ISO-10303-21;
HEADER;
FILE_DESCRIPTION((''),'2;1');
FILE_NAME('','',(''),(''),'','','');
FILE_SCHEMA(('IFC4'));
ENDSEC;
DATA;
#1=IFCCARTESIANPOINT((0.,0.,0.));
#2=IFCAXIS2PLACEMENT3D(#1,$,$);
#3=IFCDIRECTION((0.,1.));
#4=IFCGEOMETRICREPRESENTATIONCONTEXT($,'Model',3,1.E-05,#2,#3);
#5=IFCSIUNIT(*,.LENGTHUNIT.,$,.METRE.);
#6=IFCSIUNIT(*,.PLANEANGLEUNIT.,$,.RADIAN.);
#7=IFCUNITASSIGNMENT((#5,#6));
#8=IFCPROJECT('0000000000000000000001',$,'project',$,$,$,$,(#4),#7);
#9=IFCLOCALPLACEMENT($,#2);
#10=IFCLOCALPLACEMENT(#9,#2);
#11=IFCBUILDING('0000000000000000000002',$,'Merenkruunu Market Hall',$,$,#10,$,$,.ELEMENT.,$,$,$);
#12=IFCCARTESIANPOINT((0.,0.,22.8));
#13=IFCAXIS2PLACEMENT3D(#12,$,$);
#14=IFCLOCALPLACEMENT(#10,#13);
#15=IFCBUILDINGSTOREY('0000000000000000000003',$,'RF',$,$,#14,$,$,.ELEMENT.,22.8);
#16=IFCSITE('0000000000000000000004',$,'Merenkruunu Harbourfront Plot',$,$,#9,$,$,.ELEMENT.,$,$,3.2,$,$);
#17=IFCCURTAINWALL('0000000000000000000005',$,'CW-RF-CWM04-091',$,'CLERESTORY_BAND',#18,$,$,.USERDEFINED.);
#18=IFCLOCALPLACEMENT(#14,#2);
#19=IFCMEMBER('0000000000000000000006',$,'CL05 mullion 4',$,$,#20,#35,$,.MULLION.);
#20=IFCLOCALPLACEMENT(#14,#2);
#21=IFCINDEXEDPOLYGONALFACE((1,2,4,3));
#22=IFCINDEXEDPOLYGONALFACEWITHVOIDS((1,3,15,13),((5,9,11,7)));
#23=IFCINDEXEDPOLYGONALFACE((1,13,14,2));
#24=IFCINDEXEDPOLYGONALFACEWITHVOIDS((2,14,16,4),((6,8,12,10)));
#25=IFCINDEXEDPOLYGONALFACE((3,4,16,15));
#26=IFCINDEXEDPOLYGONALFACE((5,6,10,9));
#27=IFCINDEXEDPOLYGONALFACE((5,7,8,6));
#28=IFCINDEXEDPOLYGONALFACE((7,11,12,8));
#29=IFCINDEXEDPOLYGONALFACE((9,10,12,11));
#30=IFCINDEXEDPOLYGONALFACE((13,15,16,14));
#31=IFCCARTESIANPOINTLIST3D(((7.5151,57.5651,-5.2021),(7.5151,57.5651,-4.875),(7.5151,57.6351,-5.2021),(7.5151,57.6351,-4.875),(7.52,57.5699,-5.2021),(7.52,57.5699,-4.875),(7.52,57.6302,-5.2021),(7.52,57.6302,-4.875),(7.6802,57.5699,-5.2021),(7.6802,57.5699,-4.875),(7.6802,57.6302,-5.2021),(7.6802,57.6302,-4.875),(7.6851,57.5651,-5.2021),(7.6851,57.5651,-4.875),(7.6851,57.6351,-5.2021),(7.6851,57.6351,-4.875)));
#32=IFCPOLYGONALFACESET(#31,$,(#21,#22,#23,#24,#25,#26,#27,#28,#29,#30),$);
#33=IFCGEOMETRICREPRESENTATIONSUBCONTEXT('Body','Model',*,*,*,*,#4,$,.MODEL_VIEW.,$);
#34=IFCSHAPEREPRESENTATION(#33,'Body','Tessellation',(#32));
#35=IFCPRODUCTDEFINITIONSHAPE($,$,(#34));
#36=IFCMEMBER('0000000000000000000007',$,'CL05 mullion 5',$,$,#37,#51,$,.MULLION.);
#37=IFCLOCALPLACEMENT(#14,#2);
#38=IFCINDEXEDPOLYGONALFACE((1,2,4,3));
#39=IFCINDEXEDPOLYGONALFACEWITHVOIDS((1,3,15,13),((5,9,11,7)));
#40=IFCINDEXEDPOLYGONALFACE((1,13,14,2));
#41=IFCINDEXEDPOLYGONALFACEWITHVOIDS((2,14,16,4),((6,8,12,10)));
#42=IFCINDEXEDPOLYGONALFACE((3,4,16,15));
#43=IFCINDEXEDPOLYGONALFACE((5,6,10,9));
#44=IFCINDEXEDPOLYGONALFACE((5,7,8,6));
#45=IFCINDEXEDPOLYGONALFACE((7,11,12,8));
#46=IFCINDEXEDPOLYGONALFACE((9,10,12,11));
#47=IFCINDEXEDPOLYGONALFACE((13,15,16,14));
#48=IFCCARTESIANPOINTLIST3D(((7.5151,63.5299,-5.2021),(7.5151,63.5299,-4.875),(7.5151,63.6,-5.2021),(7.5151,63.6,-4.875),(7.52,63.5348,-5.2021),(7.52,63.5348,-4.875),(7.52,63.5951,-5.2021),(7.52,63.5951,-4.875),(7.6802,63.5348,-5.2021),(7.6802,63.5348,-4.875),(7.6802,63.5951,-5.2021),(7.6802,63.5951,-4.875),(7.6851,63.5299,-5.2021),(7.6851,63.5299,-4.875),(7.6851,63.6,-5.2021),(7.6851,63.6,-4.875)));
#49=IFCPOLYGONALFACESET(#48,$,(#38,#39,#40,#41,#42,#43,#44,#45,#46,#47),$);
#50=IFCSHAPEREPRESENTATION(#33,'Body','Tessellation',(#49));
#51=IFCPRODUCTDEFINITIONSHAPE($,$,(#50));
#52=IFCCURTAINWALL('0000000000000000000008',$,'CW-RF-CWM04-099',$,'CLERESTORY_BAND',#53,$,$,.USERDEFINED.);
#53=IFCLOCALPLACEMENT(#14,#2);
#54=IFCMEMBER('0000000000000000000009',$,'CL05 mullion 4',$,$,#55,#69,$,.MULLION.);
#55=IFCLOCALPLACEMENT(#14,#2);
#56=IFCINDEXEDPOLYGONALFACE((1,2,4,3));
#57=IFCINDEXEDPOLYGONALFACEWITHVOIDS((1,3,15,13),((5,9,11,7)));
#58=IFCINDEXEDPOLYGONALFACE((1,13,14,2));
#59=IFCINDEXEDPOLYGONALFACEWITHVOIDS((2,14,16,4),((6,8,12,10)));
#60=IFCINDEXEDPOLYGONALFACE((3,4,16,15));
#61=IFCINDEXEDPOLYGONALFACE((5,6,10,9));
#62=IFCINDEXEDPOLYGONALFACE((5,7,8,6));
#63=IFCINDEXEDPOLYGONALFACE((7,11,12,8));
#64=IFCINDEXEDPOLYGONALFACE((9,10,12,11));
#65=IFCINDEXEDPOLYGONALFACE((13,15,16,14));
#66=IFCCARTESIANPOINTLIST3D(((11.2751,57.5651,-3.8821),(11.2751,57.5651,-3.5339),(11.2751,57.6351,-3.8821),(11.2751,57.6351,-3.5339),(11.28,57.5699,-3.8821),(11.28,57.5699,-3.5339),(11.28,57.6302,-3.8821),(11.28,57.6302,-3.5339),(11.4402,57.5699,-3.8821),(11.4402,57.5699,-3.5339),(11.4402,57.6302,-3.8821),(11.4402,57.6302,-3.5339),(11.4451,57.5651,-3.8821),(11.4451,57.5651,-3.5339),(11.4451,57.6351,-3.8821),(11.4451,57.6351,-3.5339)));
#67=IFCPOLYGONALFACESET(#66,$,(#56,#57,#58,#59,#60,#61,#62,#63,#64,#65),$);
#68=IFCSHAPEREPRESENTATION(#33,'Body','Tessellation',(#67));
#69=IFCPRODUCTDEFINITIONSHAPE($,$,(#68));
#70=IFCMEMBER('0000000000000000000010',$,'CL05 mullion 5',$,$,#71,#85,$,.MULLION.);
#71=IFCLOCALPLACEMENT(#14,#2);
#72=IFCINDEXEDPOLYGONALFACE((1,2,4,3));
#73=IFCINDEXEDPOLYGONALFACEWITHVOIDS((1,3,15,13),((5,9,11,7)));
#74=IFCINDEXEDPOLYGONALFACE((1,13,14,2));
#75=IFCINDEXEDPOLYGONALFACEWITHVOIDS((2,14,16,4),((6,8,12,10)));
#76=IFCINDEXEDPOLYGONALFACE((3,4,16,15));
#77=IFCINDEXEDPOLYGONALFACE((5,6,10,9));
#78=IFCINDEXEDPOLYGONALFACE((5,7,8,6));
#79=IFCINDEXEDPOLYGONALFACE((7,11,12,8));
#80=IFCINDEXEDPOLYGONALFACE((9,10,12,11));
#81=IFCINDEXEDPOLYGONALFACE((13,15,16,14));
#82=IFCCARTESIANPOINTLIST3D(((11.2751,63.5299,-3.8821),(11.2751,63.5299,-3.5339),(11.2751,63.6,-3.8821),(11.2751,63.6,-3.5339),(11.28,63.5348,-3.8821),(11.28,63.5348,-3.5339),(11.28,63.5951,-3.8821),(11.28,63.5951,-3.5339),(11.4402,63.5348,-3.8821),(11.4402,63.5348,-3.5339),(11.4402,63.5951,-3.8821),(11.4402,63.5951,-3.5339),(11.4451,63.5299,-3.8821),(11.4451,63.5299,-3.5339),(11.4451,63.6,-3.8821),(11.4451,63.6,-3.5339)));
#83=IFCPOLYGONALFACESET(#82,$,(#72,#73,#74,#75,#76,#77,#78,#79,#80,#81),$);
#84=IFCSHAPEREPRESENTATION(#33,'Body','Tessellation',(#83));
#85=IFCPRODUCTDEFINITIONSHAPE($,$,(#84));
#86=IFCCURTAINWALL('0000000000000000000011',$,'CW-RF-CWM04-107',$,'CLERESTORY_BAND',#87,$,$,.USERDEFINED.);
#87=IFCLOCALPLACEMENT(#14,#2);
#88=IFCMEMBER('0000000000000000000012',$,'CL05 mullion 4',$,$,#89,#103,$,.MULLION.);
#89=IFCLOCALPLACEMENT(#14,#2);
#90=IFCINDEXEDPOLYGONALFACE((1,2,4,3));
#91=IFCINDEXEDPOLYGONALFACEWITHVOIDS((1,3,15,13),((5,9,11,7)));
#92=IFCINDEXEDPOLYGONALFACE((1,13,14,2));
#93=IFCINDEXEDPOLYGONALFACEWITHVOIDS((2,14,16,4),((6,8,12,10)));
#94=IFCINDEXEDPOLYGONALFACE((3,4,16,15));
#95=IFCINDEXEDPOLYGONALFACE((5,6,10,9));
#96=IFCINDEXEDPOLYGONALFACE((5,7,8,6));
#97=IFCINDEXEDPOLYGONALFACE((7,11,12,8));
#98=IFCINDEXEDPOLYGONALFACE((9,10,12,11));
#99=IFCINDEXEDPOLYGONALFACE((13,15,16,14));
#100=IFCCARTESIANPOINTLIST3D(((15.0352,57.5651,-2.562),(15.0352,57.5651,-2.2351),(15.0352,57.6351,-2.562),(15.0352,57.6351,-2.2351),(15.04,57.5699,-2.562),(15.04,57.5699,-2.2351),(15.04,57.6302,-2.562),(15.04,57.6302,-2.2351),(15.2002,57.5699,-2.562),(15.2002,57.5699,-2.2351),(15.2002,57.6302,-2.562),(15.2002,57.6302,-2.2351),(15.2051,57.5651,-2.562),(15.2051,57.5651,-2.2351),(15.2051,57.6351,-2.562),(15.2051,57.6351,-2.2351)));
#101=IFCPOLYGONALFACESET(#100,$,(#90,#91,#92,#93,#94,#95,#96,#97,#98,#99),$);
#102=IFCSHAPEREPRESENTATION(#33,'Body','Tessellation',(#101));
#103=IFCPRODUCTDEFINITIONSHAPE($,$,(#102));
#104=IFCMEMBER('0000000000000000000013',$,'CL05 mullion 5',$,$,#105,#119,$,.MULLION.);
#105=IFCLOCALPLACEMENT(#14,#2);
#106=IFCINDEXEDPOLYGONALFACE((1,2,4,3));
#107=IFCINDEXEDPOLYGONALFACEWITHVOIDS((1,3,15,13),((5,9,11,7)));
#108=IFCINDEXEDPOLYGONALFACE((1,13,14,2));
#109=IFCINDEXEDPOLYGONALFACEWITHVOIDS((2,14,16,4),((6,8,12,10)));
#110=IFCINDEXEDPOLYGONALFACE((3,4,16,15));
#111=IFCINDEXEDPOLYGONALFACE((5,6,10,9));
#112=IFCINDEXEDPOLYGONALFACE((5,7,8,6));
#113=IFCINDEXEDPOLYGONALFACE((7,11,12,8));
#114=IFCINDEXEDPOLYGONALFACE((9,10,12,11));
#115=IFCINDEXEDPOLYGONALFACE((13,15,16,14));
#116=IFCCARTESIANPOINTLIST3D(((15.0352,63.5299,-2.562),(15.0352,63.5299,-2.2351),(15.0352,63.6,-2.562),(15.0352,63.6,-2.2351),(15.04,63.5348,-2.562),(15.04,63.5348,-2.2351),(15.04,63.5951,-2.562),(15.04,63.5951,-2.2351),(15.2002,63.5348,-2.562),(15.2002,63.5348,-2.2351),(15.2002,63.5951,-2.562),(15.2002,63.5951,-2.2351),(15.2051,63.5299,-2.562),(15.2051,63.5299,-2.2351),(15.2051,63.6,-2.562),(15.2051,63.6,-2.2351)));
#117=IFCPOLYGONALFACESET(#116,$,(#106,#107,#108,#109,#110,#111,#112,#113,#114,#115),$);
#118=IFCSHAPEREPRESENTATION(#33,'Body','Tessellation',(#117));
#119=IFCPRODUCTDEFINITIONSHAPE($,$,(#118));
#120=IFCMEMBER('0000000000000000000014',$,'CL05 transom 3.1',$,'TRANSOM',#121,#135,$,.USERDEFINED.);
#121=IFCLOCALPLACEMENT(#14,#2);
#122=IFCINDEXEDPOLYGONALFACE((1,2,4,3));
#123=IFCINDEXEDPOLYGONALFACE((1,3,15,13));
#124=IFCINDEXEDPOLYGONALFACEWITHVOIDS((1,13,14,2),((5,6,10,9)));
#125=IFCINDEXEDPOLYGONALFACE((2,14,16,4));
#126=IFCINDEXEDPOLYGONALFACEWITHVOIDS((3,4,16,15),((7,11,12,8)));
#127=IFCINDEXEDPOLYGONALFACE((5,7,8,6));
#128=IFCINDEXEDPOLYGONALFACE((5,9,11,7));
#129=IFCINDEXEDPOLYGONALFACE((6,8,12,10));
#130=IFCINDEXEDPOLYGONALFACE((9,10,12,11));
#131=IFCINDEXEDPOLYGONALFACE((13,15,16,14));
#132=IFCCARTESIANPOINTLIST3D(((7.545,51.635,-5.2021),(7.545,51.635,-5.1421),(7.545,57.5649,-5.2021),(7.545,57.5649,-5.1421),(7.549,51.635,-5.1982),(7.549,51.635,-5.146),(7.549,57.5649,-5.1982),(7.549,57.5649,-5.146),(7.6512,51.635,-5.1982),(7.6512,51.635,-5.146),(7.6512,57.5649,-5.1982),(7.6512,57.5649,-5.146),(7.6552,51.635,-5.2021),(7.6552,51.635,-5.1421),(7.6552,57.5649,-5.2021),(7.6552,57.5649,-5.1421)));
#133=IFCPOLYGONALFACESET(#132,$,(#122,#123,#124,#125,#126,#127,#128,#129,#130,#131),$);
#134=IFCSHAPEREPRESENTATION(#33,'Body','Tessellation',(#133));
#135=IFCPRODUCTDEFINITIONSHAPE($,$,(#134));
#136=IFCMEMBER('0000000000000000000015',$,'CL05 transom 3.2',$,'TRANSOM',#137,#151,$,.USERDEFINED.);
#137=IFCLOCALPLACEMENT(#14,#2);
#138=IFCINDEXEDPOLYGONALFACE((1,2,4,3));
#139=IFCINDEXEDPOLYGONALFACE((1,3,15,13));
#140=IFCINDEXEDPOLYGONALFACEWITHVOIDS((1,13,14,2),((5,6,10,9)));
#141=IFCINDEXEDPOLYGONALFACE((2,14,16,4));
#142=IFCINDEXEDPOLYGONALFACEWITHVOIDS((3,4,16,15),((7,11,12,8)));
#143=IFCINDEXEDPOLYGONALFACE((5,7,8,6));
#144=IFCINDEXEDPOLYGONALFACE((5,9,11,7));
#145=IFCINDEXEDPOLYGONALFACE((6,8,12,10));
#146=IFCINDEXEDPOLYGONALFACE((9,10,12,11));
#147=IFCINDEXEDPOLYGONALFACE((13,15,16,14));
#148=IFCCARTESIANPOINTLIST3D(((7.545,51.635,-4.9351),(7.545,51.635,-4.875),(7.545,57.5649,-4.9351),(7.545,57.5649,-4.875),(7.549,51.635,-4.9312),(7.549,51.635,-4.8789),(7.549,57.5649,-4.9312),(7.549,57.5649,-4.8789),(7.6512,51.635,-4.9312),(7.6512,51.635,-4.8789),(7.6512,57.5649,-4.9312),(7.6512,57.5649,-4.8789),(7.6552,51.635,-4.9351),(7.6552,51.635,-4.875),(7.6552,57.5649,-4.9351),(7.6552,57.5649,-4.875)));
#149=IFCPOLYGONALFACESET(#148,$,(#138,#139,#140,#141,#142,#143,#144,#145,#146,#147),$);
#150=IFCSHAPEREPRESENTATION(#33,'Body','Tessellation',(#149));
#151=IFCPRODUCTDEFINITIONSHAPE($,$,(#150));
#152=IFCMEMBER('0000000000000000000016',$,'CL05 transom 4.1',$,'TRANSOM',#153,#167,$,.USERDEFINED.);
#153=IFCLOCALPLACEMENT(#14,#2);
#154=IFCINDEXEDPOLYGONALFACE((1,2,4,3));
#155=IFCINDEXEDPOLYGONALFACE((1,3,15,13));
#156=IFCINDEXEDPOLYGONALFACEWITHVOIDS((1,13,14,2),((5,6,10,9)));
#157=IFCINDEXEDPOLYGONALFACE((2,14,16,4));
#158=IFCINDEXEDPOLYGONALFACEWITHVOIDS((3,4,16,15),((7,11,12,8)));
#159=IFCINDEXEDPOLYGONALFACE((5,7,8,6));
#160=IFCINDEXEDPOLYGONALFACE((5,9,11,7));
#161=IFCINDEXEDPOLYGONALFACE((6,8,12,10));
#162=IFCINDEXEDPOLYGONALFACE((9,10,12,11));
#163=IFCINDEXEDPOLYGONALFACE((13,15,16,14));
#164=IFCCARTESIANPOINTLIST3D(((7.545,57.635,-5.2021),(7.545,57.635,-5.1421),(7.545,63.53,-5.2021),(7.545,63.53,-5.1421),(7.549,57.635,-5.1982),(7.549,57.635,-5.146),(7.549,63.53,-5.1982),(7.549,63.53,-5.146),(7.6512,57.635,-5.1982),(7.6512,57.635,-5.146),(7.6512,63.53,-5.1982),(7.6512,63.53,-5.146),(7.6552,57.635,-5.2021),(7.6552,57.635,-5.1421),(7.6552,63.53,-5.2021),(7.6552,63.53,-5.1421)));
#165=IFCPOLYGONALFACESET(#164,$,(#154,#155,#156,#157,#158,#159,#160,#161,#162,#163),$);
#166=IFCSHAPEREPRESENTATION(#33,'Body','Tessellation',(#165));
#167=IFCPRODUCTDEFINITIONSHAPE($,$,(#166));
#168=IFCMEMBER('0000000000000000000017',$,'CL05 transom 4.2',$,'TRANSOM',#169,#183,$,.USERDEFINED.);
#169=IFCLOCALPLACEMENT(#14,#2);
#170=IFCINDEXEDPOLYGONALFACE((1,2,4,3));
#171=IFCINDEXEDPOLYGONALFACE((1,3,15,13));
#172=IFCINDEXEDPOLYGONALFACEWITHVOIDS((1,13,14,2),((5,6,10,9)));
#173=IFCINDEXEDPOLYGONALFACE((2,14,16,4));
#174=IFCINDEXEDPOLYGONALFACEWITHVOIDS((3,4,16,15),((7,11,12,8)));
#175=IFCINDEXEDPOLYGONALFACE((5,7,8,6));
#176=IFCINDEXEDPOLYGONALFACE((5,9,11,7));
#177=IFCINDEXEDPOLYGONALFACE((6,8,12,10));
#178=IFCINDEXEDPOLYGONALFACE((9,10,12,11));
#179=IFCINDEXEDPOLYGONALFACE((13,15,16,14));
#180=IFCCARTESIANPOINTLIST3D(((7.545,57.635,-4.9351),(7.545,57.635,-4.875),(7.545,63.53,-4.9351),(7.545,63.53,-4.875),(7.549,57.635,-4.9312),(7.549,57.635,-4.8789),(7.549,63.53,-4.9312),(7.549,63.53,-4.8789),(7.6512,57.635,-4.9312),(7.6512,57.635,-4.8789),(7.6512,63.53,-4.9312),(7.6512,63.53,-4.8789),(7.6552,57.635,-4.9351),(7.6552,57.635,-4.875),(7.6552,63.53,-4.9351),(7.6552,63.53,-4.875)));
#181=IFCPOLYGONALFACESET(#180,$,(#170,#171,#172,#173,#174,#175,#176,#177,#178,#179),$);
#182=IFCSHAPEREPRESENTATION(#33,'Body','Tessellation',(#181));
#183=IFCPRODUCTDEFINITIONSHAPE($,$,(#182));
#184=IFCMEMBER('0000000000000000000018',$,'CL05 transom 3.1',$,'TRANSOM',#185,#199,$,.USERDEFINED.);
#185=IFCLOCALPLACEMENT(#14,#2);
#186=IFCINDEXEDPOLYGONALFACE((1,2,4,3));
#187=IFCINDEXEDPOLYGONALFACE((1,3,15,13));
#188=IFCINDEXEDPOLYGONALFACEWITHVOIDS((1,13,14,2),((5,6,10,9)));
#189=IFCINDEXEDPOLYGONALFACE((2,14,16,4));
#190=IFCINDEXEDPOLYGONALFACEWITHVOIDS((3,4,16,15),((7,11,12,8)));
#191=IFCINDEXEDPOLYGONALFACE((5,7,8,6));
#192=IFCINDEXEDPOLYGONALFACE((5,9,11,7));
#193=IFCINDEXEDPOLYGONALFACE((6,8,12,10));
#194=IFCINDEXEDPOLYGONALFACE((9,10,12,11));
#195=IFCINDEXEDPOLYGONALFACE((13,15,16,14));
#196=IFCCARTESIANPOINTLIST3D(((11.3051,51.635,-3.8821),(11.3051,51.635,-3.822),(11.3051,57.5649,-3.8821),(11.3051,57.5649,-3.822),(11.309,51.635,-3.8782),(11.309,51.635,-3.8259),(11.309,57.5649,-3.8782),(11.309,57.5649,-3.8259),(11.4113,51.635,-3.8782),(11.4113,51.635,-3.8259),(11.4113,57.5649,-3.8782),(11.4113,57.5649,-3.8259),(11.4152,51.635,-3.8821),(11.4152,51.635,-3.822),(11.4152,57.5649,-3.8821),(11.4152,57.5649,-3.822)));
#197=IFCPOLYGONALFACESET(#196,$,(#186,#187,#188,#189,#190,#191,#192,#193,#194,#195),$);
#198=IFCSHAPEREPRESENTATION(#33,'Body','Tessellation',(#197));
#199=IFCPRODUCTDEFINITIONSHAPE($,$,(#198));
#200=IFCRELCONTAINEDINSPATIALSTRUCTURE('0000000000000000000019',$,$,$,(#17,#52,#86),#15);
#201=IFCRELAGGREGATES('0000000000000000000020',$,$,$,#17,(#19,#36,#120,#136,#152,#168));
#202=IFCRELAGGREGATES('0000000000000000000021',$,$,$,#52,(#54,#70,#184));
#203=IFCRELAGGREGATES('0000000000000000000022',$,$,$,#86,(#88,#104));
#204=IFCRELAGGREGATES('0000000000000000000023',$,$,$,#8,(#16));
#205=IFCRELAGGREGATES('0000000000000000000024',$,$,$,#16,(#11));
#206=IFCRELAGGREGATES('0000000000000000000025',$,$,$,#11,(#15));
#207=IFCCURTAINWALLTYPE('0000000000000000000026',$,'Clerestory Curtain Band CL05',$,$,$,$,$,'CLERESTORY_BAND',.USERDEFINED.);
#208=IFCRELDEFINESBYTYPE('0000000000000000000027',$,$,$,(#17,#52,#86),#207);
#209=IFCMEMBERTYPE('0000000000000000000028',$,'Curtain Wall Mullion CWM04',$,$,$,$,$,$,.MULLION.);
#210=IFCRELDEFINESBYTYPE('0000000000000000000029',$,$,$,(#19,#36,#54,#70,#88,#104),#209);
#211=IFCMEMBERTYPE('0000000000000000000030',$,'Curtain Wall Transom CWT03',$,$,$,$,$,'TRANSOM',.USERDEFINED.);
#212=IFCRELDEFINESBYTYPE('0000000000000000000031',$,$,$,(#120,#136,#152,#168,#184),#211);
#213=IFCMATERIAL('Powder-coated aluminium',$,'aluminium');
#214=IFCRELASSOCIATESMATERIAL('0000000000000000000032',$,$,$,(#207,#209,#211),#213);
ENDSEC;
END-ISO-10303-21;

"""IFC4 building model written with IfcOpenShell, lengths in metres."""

from ifc_helpers import new_model, si_unit, direction, frame, origin, origin_2d, place, context, subcontext, project, spatial, hollow_rectangle, extrude, material, material_profile, profile_set, type_object, element, aggregate, save


model = new_model("IFC4")

# Units and contexts
model_context = context("Model", 3, precision=1e-05, world=origin(), true_north=direction((0.0, 1.0)))
body_context = subcontext(model_context, "Body", "Model", "MODEL_VIEW")
ifc_project = project(units=[si_unit("LENGTHUNIT", "METRE"), si_unit("PLANEANGLEUNIT", "RADIAN")], contexts=[model_context])

# Site, building, storey
site_placement = place(None, origin())
site = spatial("IfcSite", under=ifc_project, at=site_placement, Name="Merenkruunu Harbourfront Plot", CompositionType="ELEMENT", RefElevation=3.2)
building_placement = place(site_placement, origin())
building = spatial("IfcBuilding", under=site, at=building_placement, Name="Merenkruunu Market Hall", CompositionType="ELEMENT")
storey_placement = place(building_placement, frame((0.0, 0.0, 22.8)))
storey = spatial("IfcBuildingStorey", under=building, at=storey_placement, Name="RF", CompositionType="ELEMENT", Elevation=22.8)

# Curtain walls, members
ifc_material_1 = material(Name="Powder-coated aluminium", Category="aluminium")
curtain_wall_type = type_object("IfcCurtainWallType", Name="Clerestory Curtain Band CL05", ElementType="CLERESTORY_BAND", PredefinedType="USERDEFINED", material=ifc_material_1)
curtain_wall_1_placement = place(storey_placement, origin())
curtain_wall_1 = element("IfcCurtainWall", 1, at=curtain_wall_1_placement, inside=storey, type_object=curtain_wall_type, Name="CW-RF-CWM04-091", ObjectType="CLERESTORY_BAND", PredefinedType="USERDEFINED")
ifc_material_profile_1 = material_profile(ifc_material_1, hollow_rectangle(XDim=0.0701, YDim=0.1699, WallThickness=0.0049, at=origin_2d()), Name="ALU 70x170x5")
ifc_profile_set_1 = profile_set([ifc_material_profile_1], Name="Powder-coated aluminium")
member_type_1 = type_object("IfcMemberType", Name="Curtain Wall Mullion CWM04", PredefinedType="MULLION", material=ifc_profile_set_1)
member_1_placement = place(storey_placement, frame((7.6001, 57.6001, -5.2021), z_axis=(0.0, 0.0, 1.0), x_axis=(0.0, 1.0, 0.0)))
member_1 = element("IfcMember", 2, at=member_1_placement, type_object=member_type_1, Name="CL05 mullion 4", PredefinedType="MULLION", context=body_context, shape_type="SweptSolid", body=[
    extrude(hollow_rectangle(XDim=0.0701, YDim=0.1699, WallThickness=0.0049, at=origin_2d()), origin(), (0.0, 0.0, 1.0), 0.3271),
])
member_2_placement = place(storey_placement, frame((7.6001, 63.5649, -5.2021), z_axis=(0.0, 0.0, 1.0), x_axis=(0.0, 1.0, 0.0)))
member_2 = element("IfcMember", 3, at=member_2_placement, type_object=member_type_1, Name="CL05 mullion 5", PredefinedType="MULLION", context=body_context, shape_type="SweptSolid", body=[
    extrude(hollow_rectangle(XDim=0.0701, YDim=0.1699, WallThickness=0.0049, at=origin_2d()), origin(), (0.0, 0.0, 1.0), 0.3271),
])
curtain_wall_2_placement = place(storey_placement, origin())
curtain_wall_2 = element("IfcCurtainWall", 4, at=curtain_wall_2_placement, inside=storey, type_object=curtain_wall_type, Name="CW-RF-CWM04-099", ObjectType="CLERESTORY_BAND", PredefinedType="USERDEFINED")
member_3_placement = place(storey_placement, frame((11.3601, 57.6001, -3.8821), z_axis=(0.0, 0.0, 1.0), x_axis=(0.0, 1.0, 0.0)))
member_3 = element("IfcMember", 5, at=member_3_placement, type_object=member_type_1, Name="CL05 mullion 4", PredefinedType="MULLION", context=body_context, shape_type="SweptSolid", body=[
    extrude(hollow_rectangle(XDim=0.0701, YDim=0.1699, WallThickness=0.0049, at=origin_2d()), origin(), (0.0, 0.0, 1.0), 0.3481),
])
member_4_placement = place(storey_placement, frame((11.3601, 63.5649, -3.8821), z_axis=(0.0, 0.0, 1.0), x_axis=(0.0, 1.0, 0.0)))
member_4 = element("IfcMember", 6, at=member_4_placement, type_object=member_type_1, Name="CL05 mullion 5", PredefinedType="MULLION", context=body_context, shape_type="SweptSolid", body=[
    extrude(hollow_rectangle(XDim=0.0701, YDim=0.1699, WallThickness=0.0049, at=origin_2d()), origin(), (0.0, 0.0, 1.0), 0.3481),
])
curtain_wall_3_placement = place(storey_placement, origin())
curtain_wall_3 = element("IfcCurtainWall", 7, at=curtain_wall_3_placement, inside=storey, type_object=curtain_wall_type, Name="CW-RF-CWM04-107", ObjectType="CLERESTORY_BAND", PredefinedType="USERDEFINED")
member_5_placement = place(storey_placement, frame((15.1201, 57.6001, -2.562), z_axis=(0.0, 0.0, 1.0), x_axis=(0.0, 1.0, 0.0)))
member_5 = element("IfcMember", 8, at=member_5_placement, type_object=member_type_1, Name="CL05 mullion 4", PredefinedType="MULLION", context=body_context, shape_type="SweptSolid", body=[
    extrude(hollow_rectangle(XDim=0.0701, YDim=0.1699, WallThickness=0.0049, at=origin_2d()), origin(), (0.0, 0.0, 1.0), 0.3269),
])
member_6_placement = place(storey_placement, frame((15.1201, 63.5649, -2.562), z_axis=(0.0, 0.0, 1.0), x_axis=(0.0, 1.0, 0.0)))
member_6 = element("IfcMember", 9, at=member_6_placement, type_object=member_type_1, Name="CL05 mullion 5", PredefinedType="MULLION", context=body_context, shape_type="SweptSolid", body=[
    extrude(hollow_rectangle(XDim=0.0701, YDim=0.1699, WallThickness=0.0049, at=origin_2d()), origin(), (0.0, 0.0, 1.0), 0.3269),
])

# Members
ifc_material_profile_2 = material_profile(ifc_material_1, hollow_rectangle(XDim=0.0601, YDim=0.1101, WallThickness=0.0039, at=origin_2d()), Name="ALU 60x110x4")
ifc_profile_set_2 = profile_set([ifc_material_profile_2], Name="Powder-coated aluminium")
member_type_2 = type_object("IfcMemberType", Name="Curtain Wall Transom CWT03", ElementType="TRANSOM", PredefinedType="USERDEFINED", material=ifc_profile_set_2)
member_7_placement = place(storey_placement, frame((7.6001, 51.635, -5.1721), z_axis=(0.0, 1.0, 0.0), x_axis=(0.0, 0.0, 1.0)))
member_7 = element("IfcMember", 10, at=member_7_placement, type_object=member_type_2, Name="CL05 transom 3.1", ObjectType="TRANSOM", PredefinedType="USERDEFINED", context=body_context, shape_type="SweptSolid", body=[
    extrude(hollow_rectangle(XDim=0.0601, YDim=0.1101, WallThickness=0.0039, at=origin_2d()), origin(), (0.0, 0.0, 1.0), 5.9299),
])
member_8_placement = place(storey_placement, frame((7.6001, 51.635, -4.905), z_axis=(0.0, 1.0, 0.0), x_axis=(0.0, 0.0, 1.0)))
member_8 = element("IfcMember", 11, at=member_8_placement, type_object=member_type_2, Name="CL05 transom 3.2", ObjectType="TRANSOM", PredefinedType="USERDEFINED", context=body_context, shape_type="SweptSolid", body=[
    extrude(hollow_rectangle(XDim=0.0601, YDim=0.1101, WallThickness=0.0039, at=origin_2d()), origin(), (0.0, 0.0, 1.0), 5.9299),
])
member_9_placement = place(storey_placement, frame((7.6001, 57.635, -5.1721), z_axis=(0.0, 1.0, 0.0), x_axis=(0.0, 0.0, 1.0)))
member_9 = element("IfcMember", 12, at=member_9_placement, type_object=member_type_2, Name="CL05 transom 4.1", ObjectType="TRANSOM", PredefinedType="USERDEFINED", context=body_context, shape_type="SweptSolid", body=[
    extrude(hollow_rectangle(XDim=0.0601, YDim=0.1101, WallThickness=0.0039, at=origin_2d()), origin(), (0.0, 0.0, 1.0), 5.895),
])
member_10_placement = place(storey_placement, frame((7.6001, 57.635, -4.905), z_axis=(0.0, 1.0, 0.0), x_axis=(0.0, 0.0, 1.0)))
member_10 = element("IfcMember", 13, at=member_10_placement, type_object=member_type_2, Name="CL05 transom 4.2", ObjectType="TRANSOM", PredefinedType="USERDEFINED", context=body_context, shape_type="SweptSolid", body=[
    extrude(hollow_rectangle(XDim=0.0601, YDim=0.1101, WallThickness=0.0039, at=origin_2d()), origin(), (0.0, 0.0, 1.0), 5.895),
])
member_11_placement = place(storey_placement, frame((11.3601, 51.635, -3.8521), z_axis=(0.0, 1.0, 0.0), x_axis=(0.0, 0.0, 1.0)))
member_11 = element("IfcMember", 14, at=member_11_placement, type_object=member_type_2, Name="CL05 transom 3.1", ObjectType="TRANSOM", PredefinedType="USERDEFINED", context=body_context, shape_type="SweptSolid", body=[
    extrude(hollow_rectangle(XDim=0.0601, YDim=0.1101, WallThickness=0.0039, at=origin_2d()), origin(), (0.0, 0.0, 1.0), 5.9299),
])

aggregate(curtain_wall_1, [member_1, member_2, member_7, member_8, member_9, member_10])
aggregate(curtain_wall_2, [member_3, member_4, member_11])
aggregate(curtain_wall_3, [member_5, member_6])

save(model, "model.ifc")
